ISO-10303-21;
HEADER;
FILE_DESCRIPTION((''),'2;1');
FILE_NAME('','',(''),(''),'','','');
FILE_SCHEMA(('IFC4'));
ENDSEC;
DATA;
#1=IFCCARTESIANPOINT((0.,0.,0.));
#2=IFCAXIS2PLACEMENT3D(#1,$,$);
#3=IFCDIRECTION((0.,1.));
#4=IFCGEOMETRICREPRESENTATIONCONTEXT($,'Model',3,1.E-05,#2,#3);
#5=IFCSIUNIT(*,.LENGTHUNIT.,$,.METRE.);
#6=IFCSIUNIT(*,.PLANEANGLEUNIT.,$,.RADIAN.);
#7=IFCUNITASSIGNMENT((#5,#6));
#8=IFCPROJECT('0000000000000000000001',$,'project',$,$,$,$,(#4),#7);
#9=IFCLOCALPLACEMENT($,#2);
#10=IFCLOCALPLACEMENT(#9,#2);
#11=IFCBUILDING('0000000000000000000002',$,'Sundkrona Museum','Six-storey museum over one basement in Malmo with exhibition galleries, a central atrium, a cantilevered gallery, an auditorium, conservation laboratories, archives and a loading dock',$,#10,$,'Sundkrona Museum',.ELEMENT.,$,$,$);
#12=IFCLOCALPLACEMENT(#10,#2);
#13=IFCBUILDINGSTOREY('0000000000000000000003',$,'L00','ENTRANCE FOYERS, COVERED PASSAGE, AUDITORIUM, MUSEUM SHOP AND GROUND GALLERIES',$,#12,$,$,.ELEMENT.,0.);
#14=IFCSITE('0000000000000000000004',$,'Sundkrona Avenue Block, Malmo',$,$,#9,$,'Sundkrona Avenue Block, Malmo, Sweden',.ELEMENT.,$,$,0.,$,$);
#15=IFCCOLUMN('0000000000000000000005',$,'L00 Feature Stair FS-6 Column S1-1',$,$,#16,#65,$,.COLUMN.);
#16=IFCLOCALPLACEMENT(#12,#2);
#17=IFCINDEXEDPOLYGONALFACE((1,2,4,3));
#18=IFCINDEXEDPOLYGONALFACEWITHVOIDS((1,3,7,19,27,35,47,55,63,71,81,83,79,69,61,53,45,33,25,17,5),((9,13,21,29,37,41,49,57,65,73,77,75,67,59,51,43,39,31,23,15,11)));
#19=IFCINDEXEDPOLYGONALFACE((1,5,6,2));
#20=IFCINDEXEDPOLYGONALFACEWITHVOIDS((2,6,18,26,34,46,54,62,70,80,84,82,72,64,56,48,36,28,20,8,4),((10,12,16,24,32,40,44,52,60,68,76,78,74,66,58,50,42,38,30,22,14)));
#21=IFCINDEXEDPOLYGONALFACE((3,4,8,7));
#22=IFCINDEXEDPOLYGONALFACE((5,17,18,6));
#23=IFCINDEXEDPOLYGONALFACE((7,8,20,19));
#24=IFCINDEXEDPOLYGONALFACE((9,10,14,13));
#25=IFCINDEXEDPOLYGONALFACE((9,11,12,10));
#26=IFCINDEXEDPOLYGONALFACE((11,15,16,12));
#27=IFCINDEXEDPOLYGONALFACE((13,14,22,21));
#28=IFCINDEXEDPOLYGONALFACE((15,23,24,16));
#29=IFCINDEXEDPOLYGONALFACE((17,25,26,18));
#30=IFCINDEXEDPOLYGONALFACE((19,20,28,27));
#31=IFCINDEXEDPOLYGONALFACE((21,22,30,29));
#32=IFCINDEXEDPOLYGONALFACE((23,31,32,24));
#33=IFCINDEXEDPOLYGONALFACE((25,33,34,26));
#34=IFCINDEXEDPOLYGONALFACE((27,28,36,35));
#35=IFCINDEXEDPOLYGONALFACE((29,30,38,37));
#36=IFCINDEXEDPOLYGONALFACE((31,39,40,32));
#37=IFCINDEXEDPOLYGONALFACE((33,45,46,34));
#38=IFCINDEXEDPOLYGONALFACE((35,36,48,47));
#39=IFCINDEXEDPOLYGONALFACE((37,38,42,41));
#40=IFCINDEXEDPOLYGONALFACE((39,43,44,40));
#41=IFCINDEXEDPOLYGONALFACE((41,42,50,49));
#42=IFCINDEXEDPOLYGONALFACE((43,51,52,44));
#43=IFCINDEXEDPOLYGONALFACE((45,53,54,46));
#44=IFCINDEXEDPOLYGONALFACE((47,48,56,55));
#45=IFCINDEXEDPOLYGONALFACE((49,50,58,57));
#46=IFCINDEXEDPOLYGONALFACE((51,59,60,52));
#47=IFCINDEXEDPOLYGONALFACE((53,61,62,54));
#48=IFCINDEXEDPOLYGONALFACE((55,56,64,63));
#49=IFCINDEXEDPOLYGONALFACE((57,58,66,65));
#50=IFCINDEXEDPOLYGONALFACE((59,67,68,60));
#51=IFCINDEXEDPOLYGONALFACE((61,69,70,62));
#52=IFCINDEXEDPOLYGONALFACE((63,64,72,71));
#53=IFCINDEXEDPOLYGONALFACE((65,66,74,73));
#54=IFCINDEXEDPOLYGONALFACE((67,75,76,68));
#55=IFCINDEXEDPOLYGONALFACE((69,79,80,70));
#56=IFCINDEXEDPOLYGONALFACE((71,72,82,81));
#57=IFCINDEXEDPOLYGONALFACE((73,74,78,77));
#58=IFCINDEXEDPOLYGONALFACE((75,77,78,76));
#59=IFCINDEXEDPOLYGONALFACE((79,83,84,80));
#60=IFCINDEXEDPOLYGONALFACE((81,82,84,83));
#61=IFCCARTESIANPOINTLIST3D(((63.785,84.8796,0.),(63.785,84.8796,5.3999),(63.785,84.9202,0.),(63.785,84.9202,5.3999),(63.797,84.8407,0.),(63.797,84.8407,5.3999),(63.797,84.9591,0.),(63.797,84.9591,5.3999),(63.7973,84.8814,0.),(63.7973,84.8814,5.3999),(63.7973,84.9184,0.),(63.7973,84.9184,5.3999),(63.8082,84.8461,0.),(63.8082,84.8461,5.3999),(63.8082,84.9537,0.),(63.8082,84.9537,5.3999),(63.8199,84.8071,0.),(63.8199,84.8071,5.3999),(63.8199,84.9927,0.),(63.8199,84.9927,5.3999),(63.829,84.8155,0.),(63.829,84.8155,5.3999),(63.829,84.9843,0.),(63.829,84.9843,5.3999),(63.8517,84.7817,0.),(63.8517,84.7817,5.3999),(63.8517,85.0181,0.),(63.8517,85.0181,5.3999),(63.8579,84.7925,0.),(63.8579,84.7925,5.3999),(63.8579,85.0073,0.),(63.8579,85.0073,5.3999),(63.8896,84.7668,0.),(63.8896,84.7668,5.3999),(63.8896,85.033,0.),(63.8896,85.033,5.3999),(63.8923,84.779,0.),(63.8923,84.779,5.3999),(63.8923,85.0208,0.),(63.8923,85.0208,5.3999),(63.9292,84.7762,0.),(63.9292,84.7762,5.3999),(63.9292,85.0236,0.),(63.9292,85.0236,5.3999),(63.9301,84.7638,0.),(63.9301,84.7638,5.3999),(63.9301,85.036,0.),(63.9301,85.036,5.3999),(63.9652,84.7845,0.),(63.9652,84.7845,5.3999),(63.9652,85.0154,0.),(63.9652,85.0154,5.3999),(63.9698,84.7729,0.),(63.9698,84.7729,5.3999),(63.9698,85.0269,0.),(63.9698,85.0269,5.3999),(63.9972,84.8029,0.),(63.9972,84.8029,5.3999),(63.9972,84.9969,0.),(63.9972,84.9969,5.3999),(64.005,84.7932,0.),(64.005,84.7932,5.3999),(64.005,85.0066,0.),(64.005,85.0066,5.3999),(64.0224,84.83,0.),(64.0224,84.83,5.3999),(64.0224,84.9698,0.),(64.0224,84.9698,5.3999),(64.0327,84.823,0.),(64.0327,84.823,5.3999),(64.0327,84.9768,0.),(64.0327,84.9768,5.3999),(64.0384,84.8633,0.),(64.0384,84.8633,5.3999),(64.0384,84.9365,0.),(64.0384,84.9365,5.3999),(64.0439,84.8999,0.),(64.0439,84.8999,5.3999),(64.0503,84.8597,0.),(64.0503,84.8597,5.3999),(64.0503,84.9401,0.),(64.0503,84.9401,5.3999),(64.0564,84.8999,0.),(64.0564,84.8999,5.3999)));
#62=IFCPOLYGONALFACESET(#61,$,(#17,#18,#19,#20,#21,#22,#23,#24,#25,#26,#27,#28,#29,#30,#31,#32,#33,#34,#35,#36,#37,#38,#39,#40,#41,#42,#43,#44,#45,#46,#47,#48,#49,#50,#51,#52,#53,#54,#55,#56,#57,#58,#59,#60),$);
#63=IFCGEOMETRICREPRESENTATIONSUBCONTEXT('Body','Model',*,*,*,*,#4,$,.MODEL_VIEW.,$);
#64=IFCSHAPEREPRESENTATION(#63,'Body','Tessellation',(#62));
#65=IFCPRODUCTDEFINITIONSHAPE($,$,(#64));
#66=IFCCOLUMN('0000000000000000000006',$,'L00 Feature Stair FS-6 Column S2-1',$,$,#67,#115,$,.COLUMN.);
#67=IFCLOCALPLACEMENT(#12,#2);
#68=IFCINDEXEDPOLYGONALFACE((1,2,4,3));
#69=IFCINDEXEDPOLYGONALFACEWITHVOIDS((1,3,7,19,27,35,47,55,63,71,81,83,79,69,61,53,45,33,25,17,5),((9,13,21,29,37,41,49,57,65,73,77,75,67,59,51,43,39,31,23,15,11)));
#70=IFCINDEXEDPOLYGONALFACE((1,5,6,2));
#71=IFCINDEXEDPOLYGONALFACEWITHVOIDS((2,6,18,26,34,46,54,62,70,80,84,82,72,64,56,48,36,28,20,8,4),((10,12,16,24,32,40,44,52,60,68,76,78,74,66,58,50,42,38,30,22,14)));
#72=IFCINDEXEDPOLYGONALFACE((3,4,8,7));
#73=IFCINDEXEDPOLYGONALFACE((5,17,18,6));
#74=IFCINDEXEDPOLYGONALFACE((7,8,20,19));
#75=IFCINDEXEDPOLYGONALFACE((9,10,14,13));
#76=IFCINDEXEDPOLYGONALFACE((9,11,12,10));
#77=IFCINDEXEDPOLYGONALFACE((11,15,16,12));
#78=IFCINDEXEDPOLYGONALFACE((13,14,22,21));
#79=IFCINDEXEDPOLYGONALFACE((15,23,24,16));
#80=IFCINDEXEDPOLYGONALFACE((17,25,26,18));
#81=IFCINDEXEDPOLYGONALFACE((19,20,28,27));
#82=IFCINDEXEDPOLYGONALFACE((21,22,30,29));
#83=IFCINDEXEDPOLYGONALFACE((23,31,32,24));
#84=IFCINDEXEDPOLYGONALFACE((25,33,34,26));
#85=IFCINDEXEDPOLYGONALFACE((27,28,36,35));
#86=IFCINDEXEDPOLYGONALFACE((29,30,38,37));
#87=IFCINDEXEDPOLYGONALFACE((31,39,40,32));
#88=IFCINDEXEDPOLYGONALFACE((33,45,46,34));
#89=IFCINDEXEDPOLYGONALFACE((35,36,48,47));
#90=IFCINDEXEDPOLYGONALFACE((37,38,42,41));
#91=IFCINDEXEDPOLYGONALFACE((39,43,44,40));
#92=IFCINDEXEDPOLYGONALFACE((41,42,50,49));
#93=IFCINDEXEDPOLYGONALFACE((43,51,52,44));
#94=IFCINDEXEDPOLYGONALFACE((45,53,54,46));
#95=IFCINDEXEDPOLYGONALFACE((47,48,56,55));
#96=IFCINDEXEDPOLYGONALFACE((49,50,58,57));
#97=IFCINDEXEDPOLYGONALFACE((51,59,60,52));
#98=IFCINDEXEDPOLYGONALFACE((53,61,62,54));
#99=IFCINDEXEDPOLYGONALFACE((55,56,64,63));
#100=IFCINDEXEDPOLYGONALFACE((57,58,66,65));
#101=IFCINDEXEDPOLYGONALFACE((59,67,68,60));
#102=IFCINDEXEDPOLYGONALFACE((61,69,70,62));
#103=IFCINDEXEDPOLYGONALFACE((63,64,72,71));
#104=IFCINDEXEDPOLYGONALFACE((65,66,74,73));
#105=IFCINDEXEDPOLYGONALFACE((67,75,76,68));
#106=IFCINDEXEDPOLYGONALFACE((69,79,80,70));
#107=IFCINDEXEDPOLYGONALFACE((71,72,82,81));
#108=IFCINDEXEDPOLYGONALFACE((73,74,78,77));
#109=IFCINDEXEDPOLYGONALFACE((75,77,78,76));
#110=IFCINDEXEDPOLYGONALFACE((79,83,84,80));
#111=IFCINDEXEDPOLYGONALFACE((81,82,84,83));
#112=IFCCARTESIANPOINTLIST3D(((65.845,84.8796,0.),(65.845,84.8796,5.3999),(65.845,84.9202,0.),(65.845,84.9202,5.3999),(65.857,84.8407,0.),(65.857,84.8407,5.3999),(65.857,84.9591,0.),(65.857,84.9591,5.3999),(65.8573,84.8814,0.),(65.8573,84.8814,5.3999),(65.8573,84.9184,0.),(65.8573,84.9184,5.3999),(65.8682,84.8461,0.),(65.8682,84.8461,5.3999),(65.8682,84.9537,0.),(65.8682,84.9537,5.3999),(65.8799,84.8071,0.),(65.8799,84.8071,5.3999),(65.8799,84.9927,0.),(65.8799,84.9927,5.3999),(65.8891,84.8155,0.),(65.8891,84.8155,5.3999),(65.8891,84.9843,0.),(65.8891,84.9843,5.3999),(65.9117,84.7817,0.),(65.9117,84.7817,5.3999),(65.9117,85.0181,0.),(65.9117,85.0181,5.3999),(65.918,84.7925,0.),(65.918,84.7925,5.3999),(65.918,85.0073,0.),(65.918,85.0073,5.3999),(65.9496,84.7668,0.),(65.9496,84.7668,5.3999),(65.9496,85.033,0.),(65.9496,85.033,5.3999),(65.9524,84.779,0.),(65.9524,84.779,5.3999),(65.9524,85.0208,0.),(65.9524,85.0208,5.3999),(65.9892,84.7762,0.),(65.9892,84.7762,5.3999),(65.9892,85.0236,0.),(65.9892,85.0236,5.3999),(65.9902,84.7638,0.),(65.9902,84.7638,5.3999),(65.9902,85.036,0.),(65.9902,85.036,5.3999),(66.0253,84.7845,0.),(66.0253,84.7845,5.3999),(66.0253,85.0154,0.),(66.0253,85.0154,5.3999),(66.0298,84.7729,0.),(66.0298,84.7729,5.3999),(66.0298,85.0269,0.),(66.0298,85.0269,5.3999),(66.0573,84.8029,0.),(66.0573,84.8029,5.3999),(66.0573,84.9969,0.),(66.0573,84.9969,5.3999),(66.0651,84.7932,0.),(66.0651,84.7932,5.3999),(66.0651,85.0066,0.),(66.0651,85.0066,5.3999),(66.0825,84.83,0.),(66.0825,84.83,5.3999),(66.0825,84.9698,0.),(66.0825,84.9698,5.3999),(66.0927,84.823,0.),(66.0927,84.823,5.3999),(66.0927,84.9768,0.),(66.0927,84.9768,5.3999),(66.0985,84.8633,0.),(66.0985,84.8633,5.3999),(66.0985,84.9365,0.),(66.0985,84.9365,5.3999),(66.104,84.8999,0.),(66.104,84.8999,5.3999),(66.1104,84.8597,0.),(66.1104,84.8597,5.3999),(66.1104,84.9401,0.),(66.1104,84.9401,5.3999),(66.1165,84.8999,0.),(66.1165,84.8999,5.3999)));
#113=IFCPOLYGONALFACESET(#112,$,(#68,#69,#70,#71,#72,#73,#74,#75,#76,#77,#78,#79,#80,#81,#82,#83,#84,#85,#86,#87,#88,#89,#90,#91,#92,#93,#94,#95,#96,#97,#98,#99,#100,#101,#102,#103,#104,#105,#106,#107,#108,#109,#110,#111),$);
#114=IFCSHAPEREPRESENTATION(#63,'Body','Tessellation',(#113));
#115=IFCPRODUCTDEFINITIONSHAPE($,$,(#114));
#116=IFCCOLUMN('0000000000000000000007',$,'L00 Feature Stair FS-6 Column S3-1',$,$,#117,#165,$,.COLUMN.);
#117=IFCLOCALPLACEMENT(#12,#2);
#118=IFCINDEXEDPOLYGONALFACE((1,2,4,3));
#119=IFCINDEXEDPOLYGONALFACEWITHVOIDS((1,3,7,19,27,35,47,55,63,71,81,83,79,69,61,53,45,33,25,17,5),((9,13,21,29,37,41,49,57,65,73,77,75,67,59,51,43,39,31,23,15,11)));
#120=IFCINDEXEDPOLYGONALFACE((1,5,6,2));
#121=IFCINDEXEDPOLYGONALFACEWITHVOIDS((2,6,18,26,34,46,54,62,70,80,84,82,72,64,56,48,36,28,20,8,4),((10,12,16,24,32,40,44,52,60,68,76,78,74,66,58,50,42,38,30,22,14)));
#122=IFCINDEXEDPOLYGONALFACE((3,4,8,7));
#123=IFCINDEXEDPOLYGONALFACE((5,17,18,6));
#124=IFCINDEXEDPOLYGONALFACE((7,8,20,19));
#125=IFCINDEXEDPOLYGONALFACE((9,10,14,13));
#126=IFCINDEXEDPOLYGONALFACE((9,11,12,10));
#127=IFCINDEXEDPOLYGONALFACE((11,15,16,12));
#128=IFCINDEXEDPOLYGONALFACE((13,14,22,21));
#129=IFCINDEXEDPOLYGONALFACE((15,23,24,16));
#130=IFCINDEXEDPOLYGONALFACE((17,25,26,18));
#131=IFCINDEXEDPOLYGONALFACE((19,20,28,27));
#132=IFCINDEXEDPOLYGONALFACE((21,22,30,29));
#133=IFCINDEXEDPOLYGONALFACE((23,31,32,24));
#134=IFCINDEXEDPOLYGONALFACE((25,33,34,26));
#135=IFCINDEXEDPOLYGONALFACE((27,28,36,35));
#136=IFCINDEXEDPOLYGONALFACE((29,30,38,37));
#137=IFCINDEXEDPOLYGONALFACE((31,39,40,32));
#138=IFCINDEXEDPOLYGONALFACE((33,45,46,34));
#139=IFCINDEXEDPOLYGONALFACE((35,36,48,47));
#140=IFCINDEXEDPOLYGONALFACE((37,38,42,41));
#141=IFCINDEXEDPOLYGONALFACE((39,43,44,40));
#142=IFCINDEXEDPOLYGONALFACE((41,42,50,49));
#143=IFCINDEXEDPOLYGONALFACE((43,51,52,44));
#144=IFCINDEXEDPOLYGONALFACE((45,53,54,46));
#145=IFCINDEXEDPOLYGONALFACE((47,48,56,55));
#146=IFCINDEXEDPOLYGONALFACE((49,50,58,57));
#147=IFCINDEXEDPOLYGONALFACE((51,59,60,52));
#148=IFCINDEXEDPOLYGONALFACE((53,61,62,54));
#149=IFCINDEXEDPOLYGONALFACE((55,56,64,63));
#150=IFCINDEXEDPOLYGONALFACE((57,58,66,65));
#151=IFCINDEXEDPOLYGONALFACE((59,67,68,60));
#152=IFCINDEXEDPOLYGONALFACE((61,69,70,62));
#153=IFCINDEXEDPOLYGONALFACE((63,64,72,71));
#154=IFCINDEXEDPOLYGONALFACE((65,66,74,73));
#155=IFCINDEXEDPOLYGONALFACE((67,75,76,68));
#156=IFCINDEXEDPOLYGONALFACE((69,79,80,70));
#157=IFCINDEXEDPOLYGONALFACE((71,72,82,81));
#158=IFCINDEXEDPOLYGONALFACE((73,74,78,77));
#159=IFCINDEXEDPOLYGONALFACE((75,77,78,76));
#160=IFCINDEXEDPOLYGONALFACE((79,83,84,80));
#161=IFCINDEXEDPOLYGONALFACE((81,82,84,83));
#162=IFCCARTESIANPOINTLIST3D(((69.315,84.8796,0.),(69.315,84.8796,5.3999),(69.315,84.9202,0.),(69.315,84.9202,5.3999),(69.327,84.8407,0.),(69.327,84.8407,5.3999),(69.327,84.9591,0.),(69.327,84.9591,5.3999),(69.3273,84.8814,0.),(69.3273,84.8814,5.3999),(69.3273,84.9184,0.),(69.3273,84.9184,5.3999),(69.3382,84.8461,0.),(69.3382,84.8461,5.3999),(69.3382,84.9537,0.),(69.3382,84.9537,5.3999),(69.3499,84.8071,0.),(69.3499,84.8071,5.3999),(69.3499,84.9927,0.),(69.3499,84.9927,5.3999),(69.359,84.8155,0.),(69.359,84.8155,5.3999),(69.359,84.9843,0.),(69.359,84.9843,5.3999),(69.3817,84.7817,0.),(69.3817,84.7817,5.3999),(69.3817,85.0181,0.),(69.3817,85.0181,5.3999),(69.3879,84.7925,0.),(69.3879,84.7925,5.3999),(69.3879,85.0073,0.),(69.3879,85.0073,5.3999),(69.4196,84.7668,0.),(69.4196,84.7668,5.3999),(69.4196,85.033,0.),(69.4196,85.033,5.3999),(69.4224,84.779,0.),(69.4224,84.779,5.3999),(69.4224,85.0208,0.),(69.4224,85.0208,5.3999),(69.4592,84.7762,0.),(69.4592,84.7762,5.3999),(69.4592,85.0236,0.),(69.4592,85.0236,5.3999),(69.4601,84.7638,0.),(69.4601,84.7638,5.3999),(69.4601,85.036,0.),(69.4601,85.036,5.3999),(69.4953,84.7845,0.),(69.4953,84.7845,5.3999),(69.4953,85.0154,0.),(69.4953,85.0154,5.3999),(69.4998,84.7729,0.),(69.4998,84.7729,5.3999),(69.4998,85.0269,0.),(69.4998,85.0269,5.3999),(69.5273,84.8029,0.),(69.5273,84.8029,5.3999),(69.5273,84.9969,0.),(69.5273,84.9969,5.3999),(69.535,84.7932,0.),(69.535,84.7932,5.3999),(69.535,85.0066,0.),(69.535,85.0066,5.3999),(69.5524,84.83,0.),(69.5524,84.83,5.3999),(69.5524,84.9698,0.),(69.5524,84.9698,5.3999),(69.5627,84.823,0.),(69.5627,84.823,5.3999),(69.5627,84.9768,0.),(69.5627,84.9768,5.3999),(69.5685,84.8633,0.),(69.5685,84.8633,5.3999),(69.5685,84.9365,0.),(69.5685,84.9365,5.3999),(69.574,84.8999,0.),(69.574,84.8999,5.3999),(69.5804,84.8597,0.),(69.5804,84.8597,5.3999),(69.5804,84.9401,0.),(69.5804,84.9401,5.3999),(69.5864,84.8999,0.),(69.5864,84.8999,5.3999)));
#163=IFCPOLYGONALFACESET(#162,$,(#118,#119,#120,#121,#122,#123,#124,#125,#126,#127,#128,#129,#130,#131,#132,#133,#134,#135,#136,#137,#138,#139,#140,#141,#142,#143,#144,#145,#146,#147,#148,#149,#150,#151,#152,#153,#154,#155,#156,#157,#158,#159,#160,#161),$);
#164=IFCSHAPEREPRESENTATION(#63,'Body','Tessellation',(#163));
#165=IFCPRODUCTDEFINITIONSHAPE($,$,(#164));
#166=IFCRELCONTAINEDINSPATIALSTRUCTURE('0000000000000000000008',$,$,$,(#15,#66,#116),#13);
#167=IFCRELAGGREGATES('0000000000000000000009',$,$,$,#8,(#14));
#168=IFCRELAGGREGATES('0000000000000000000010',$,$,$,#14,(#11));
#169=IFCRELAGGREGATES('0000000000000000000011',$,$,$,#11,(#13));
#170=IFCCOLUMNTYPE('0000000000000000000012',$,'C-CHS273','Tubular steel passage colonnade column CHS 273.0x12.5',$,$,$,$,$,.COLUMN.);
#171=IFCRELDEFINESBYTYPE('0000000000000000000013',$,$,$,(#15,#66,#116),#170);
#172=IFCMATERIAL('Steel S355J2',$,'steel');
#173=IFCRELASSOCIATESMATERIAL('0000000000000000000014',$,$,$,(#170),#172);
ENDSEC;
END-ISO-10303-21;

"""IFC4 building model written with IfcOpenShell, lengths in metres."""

from ifc_helpers import new_model, si_unit, direction, frame, origin, origin_2d, place, context, subcontext, project, spatial, hollow_circle, extrude, material, material_profile, profile_set, type_object, element, save


model = new_model("IFC4")

# Units and contexts
model_context = context("Model", 3, precision=1e-05, world=origin(), true_north=direction((0.0, 1.0)))
body_context = subcontext(model_context, "Body", "Model", "MODEL_VIEW")
ifc_project = project(units=[si_unit("LENGTHUNIT", "METRE"), si_unit("PLANEANGLEUNIT", "RADIAN")], contexts=[model_context])

# Site, building, storey
site_placement = place(None, origin())
site = spatial("IfcSite", under=ifc_project, at=site_placement, Name="Sundkrona Avenue Block, Malmo", LongName="Sundkrona Avenue Block, Malmo, Sweden", CompositionType="ELEMENT", RefElevation=0.0)
building_placement = place(site_placement, origin())
building = spatial("IfcBuilding", under=site, at=building_placement, Name="Sundkrona Museum", Description="Six-storey museum over one basement in Malmo with exhibition galleries, a central atrium, a cantilevered gallery, an auditorium, conservation laboratories, archives and a loading dock", LongName="Sundkrona Museum", CompositionType="ELEMENT")
storey_placement = place(building_placement, origin())
storey = spatial("IfcBuildingStorey", under=building, at=storey_placement, Name="L00", Description="ENTRANCE FOYERS, COVERED PASSAGE, AUDITORIUM, MUSEUM SHOP AND GROUND GALLERIES", CompositionType="ELEMENT", Elevation=0.0)

# Columns
ifc_material_1 = material(Name="Steel S355J2", Category="steel")
ifc_material_profile_1 = material_profile(ifc_material_1, hollow_circle(Radius=0.1365, WallThickness=0.0125, at=origin_2d()), Name="CHS 273.0x12.5")
ifc_profile_set_1 = profile_set([ifc_material_profile_1], Name="Steel S355J2")
column_type_1 = type_object("IfcColumnType", Name="C-CHS273", Description="Tubular steel passage colonnade column CHS 273.0x12.5", PredefinedType="COLUMN", material=ifc_profile_set_1)
for number, where, z_axis, x_axis, name in (
    (1, (63.9199, 84.8999, 0.0), (0.0, 0.0, 1.0), (1.0, 0.0, 0.0), "L00 Feature Stair FS-6 Column S1-1"),
    (2, (65.98, 84.8999, 0.0), (0.0, 0.0, 1.0), (1.0, 0.0, 0.0), "L00 Feature Stair FS-6 Column S2-1"),
    (3, (69.45, 84.8999, 0.0), (0.0, 0.0, 1.0), (1.0, 0.0, 0.0), "L00 Feature Stair FS-6 Column S3-1"),
):
    element("IfcColumn", number, at=place(storey_placement, frame(where, z_axis=z_axis, x_axis=x_axis)), inside=storey, type_object=column_type_1, Name=name, PredefinedType="COLUMN", context=body_context, shape_type="SweptSolid", body=[
        extrude(hollow_circle(Radius=0.1365, WallThickness=0.0125, at=origin_2d()), origin(), (0.0, 0.0, 1.0), 5.3999),
    ])

save(model, "model.ifc")
